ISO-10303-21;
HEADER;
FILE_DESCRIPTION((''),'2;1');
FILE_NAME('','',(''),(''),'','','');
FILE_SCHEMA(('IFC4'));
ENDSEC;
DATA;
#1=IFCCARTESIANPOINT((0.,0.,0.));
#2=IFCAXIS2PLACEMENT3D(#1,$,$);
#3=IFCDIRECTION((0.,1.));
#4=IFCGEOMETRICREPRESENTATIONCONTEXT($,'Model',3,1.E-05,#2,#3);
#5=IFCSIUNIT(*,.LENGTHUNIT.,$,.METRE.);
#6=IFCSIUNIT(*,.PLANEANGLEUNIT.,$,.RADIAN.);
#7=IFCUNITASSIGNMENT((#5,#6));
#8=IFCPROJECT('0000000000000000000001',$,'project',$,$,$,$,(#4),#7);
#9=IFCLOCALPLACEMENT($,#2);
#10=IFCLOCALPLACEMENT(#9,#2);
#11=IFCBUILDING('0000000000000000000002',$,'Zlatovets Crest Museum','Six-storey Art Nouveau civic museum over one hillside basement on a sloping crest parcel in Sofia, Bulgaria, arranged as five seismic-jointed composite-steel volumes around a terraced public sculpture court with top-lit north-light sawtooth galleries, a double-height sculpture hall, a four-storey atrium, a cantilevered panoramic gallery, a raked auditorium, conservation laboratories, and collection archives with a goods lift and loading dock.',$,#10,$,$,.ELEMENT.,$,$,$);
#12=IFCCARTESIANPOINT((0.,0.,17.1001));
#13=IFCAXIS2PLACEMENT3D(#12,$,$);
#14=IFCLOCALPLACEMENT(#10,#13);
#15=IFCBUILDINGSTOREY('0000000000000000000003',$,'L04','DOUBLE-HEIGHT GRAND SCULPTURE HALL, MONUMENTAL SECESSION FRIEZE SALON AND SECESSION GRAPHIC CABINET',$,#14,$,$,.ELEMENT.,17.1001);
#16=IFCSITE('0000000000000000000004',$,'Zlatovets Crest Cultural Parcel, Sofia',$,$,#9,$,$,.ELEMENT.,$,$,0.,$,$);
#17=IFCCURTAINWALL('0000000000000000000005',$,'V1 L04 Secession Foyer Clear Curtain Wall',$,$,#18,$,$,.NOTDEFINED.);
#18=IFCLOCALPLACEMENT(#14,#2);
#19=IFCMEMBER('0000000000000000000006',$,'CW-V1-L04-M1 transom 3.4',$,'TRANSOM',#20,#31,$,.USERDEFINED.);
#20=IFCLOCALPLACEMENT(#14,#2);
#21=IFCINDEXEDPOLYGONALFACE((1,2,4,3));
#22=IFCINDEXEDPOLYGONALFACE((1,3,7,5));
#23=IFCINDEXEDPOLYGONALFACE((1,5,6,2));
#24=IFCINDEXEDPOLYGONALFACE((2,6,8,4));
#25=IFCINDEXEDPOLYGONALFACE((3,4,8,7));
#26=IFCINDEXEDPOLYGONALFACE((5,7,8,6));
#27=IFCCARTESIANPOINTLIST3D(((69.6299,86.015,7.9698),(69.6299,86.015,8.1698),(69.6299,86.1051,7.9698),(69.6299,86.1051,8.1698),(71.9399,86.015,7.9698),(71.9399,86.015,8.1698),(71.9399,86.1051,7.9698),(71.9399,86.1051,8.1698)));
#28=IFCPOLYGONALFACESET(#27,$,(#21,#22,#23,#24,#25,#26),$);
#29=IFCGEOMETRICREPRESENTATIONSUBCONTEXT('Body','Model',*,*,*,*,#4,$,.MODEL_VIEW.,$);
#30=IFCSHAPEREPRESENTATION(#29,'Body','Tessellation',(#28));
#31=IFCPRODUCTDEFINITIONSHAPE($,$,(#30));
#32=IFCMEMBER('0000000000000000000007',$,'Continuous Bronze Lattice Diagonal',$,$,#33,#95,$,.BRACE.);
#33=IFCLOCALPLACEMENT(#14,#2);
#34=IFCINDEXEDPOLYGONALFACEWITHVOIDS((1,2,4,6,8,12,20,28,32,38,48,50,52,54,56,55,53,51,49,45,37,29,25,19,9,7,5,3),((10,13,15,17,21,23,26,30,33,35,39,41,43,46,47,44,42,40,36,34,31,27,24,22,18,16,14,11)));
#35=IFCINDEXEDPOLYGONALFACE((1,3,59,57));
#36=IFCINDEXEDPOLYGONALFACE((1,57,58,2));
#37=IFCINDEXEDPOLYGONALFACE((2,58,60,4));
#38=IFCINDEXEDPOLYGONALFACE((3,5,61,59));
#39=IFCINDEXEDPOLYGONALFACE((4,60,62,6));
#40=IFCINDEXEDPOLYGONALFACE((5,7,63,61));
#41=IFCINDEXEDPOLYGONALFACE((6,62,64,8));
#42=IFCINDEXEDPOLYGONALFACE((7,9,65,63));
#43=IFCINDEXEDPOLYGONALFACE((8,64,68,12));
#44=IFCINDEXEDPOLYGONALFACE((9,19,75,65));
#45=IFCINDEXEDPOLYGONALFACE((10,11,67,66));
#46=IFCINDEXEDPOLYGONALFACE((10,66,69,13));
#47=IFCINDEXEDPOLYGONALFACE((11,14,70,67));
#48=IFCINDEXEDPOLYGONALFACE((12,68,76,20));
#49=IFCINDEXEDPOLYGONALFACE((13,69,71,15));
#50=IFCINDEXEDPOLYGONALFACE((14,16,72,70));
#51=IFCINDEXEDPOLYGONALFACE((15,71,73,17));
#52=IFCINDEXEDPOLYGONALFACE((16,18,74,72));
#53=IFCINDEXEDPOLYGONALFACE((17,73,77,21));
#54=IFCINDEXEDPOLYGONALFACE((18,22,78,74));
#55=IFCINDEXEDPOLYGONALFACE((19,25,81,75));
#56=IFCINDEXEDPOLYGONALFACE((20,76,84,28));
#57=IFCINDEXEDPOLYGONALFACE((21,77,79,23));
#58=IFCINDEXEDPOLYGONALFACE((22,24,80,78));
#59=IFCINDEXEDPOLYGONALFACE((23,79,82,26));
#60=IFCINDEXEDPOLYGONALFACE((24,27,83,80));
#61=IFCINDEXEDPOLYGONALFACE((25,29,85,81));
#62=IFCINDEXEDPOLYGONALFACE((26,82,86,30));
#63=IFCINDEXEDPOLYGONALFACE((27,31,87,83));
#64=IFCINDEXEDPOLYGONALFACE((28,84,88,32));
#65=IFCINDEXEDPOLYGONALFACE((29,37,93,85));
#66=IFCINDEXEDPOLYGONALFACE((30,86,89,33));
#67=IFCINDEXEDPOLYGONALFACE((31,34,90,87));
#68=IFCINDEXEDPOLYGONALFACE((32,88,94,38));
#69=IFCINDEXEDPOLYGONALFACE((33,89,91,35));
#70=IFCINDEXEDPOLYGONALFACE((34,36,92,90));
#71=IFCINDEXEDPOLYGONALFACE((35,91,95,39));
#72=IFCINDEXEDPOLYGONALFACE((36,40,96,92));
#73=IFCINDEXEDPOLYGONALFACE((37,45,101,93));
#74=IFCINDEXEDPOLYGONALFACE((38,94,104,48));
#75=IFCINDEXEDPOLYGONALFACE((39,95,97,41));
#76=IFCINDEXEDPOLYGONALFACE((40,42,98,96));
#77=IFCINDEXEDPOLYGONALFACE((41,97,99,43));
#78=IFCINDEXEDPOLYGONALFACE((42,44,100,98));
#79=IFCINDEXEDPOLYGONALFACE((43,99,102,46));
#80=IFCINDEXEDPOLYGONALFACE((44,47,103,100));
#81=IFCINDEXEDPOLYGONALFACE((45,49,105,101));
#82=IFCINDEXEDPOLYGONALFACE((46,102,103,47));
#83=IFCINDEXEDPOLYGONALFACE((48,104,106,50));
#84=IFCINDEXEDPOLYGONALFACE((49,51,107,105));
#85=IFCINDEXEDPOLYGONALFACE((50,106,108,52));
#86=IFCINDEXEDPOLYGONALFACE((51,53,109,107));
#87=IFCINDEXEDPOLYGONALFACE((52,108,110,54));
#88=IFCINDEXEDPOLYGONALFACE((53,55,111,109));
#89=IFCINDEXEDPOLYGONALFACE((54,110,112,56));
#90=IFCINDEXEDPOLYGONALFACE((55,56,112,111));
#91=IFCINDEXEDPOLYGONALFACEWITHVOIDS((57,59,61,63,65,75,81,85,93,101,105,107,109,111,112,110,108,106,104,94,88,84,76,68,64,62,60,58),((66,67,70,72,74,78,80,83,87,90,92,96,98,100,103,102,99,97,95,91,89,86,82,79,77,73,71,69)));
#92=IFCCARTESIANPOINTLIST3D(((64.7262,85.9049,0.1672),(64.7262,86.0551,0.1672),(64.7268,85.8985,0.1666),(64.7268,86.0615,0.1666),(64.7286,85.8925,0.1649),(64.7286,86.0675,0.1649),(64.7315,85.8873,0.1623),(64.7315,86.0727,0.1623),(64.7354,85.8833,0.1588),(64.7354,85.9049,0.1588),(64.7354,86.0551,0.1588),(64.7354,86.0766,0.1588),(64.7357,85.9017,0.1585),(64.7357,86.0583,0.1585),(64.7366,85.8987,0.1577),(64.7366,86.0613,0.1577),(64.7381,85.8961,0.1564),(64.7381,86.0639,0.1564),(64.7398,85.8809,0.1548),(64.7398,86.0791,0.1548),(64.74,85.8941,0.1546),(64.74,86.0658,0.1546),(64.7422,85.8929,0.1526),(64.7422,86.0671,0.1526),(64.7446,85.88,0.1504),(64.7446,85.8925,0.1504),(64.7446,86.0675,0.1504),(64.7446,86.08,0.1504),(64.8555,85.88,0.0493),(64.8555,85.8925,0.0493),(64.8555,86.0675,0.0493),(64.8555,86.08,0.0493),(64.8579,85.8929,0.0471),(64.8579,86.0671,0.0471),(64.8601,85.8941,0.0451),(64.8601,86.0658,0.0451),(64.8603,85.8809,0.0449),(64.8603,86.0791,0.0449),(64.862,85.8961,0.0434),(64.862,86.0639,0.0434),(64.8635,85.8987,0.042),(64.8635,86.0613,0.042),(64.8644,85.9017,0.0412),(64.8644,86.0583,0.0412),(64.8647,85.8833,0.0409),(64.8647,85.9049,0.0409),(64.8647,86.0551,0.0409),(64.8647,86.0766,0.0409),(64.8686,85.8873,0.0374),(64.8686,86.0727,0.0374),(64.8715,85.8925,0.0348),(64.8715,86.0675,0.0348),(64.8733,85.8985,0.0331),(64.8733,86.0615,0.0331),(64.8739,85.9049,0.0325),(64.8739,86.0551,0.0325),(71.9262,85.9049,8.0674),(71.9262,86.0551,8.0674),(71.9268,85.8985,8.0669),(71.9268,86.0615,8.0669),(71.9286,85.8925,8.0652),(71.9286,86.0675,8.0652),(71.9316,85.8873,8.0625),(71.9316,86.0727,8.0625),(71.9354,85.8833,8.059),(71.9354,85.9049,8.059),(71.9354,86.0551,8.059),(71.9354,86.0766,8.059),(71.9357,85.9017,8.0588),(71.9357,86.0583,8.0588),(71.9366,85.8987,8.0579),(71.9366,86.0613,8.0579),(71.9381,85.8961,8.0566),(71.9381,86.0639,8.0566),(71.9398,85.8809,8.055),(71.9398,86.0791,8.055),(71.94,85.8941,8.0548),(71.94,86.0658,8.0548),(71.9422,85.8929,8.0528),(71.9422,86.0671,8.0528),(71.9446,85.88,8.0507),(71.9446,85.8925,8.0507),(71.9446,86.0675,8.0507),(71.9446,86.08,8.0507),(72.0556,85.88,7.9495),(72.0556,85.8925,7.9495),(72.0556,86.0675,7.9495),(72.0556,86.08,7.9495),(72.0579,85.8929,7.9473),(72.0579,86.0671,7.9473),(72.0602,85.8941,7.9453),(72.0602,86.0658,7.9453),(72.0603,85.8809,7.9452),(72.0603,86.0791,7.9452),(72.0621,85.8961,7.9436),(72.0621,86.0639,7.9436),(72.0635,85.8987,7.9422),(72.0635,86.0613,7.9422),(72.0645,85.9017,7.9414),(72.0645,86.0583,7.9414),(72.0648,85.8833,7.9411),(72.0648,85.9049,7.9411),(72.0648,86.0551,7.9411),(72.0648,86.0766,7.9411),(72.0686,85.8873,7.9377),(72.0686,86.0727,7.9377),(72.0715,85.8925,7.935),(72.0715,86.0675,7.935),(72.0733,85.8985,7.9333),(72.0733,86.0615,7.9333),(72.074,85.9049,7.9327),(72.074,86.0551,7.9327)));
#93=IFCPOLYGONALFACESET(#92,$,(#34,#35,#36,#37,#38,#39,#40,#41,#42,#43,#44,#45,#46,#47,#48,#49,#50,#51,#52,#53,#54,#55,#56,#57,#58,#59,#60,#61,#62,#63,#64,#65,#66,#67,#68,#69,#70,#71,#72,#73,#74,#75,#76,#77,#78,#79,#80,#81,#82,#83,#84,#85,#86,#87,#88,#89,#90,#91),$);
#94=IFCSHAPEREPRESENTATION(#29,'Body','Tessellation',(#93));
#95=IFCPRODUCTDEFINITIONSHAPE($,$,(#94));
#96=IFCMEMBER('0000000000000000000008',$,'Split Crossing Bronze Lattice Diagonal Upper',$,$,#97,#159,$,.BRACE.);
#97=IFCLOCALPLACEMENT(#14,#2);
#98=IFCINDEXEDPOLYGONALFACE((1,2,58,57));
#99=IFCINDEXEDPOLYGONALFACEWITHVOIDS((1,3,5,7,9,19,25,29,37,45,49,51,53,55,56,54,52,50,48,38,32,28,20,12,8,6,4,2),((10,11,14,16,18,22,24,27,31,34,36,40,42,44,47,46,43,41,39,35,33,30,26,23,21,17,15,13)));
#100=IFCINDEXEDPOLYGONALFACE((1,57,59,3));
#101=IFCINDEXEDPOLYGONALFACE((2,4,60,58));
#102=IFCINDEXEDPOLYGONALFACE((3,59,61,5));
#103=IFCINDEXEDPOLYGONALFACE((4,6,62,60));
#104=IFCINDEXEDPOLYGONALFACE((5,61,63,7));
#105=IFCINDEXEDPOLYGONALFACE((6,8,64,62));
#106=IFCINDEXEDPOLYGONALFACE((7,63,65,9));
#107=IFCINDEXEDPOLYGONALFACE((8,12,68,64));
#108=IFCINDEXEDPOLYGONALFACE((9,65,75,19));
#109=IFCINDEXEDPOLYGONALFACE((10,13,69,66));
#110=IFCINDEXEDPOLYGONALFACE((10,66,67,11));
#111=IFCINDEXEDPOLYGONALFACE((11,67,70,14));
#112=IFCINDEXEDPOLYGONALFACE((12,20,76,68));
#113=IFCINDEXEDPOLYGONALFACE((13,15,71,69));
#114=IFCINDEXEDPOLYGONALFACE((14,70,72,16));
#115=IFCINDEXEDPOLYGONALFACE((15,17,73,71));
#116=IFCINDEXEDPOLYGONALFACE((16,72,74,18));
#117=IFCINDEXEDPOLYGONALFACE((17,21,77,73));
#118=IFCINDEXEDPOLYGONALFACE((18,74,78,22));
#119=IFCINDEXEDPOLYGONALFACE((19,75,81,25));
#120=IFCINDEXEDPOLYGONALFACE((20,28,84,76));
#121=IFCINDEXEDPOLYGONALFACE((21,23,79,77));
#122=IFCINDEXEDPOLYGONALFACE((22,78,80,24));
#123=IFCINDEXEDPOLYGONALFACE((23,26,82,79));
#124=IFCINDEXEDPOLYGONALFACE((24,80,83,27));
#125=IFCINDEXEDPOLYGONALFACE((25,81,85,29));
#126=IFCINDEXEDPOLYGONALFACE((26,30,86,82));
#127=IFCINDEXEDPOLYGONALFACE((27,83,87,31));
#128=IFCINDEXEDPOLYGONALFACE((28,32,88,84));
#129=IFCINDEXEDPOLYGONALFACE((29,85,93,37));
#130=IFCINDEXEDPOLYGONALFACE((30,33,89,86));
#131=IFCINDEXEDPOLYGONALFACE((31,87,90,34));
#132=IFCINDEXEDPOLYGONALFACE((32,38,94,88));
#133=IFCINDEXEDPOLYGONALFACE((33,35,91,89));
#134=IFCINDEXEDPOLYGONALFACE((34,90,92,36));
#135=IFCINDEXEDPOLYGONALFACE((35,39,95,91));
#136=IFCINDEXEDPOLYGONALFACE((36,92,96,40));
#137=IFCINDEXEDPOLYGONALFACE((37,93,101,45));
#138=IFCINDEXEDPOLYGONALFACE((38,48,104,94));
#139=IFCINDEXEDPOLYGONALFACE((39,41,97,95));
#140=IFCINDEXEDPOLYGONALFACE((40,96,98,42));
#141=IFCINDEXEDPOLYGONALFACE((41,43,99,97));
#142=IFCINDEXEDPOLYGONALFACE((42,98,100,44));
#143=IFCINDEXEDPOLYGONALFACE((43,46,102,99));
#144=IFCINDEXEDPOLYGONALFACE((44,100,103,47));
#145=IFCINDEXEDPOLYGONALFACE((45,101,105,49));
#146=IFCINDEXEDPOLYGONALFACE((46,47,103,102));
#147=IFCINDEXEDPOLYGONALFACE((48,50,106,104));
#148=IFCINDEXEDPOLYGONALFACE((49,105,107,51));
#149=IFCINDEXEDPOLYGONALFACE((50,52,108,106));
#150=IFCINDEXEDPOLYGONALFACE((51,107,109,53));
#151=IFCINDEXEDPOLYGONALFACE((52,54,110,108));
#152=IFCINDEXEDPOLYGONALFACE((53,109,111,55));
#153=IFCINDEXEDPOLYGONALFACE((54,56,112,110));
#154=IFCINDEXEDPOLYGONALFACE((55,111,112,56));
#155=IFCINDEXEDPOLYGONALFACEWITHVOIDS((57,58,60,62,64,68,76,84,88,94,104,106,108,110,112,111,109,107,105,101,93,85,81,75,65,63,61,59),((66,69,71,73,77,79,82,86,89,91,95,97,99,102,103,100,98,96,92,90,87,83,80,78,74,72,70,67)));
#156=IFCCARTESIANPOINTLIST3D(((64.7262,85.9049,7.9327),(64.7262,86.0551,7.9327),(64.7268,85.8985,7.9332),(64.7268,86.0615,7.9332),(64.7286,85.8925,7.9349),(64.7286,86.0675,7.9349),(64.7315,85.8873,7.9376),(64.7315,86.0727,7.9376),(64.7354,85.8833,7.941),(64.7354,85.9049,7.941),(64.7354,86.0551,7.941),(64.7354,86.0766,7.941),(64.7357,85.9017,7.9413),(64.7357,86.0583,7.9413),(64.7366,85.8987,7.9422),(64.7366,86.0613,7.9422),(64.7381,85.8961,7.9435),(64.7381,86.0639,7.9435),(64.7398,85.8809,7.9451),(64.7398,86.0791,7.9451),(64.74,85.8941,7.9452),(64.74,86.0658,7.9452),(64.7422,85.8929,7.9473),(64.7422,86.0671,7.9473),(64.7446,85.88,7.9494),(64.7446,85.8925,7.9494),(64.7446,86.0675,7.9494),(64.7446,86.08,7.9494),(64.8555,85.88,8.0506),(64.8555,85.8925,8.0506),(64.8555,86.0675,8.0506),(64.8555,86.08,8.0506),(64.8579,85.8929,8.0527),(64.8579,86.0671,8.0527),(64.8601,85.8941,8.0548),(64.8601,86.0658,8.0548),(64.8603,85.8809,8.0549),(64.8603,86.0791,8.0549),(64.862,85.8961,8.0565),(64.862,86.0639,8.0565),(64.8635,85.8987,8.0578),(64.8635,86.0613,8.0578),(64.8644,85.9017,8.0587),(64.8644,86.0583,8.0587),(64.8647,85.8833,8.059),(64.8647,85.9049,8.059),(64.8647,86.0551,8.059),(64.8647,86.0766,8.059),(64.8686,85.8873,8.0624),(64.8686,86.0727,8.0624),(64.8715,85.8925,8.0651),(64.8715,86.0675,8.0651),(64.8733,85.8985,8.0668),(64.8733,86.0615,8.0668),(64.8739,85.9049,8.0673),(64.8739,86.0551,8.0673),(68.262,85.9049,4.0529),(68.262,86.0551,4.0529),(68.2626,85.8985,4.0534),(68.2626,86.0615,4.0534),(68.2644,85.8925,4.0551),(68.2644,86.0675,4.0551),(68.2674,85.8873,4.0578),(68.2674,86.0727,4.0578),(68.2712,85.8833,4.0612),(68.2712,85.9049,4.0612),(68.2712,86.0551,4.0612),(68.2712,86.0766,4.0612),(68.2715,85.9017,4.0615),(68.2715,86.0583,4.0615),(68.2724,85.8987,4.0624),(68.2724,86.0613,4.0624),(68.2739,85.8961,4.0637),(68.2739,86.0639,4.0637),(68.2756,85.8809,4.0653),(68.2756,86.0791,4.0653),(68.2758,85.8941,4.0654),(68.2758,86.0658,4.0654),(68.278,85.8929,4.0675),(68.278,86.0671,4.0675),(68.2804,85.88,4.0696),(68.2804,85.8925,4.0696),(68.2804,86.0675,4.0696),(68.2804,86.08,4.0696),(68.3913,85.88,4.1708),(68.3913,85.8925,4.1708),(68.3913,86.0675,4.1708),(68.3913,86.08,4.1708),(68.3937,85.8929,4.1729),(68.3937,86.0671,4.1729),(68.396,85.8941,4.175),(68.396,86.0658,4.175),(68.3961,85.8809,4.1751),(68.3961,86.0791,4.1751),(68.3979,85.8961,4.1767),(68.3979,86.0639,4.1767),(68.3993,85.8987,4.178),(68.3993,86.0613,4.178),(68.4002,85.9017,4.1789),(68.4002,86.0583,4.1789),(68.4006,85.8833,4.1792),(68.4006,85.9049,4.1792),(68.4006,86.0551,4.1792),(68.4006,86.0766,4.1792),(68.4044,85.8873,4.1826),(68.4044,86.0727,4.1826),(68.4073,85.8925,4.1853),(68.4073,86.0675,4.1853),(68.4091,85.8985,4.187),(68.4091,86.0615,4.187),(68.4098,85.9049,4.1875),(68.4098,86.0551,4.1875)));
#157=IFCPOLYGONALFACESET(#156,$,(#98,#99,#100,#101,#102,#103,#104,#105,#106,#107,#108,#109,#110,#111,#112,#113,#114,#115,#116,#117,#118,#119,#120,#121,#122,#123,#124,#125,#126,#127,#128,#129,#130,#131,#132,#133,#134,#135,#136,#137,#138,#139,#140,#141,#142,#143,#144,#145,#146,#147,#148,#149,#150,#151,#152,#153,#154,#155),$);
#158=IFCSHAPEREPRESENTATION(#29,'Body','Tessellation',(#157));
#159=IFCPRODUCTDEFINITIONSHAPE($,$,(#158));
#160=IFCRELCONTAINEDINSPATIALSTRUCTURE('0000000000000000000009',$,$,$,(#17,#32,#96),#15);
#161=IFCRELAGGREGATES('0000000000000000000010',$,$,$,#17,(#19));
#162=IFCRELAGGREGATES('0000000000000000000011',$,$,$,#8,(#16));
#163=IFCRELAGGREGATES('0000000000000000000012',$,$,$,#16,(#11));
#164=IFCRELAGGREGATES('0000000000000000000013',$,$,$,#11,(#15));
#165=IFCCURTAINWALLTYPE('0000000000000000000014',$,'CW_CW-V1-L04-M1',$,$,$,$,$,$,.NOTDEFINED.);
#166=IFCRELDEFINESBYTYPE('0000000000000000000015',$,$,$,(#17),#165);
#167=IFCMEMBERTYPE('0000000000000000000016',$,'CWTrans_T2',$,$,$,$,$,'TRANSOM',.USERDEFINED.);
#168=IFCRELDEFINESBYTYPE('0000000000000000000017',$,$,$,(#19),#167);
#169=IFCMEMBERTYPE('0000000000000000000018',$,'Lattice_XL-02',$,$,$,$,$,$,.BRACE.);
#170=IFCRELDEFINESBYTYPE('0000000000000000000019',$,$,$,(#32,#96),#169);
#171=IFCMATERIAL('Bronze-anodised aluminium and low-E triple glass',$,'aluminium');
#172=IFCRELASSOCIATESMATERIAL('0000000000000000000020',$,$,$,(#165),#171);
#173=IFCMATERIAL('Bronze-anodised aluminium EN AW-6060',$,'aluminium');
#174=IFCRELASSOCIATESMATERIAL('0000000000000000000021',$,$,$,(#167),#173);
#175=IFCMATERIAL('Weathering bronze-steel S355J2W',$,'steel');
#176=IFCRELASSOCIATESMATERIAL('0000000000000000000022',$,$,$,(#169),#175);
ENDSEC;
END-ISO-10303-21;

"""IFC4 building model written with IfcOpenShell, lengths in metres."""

from ifc_helpers import new_model, si_unit, direction, frame, origin, origin_2d, place, context, subcontext, project, spatial, rectangle, hollow_rectangle, extrude, material, material_profile, profile_set, type_object, element, aggregate, save


model = new_model("IFC4")

# Units and contexts
model_context = context("Model", 3, precision=1e-05, world=origin(), true_north=direction((0.0, 1.0)))
body_context = subcontext(model_context, "Body", "Model", "MODEL_VIEW")
ifc_project = project(units=[si_unit("LENGTHUNIT", "METRE"), si_unit("PLANEANGLEUNIT", "RADIAN")], contexts=[model_context])

# Site, building, storey
site_placement = place(None, origin())
site = spatial("IfcSite", under=ifc_project, at=site_placement, Name="Zlatovets Crest Cultural Parcel, Sofia", CompositionType="ELEMENT", RefElevation=0.0)
building_placement = place(site_placement, origin())
building = spatial("IfcBuilding", under=site, at=building_placement, Name="Zlatovets Crest Museum", Description="Six-storey Art Nouveau civic museum over one hillside basement on a sloping crest parcel in Sofia, Bulgaria, arranged as five seismic-jointed composite-steel volumes around a terraced public sculpture court with top-lit north-light sawtooth galleries, a double-height sculpture hall, a four-storey atrium, a cantilevered panoramic gallery, a raked auditorium, conservation laboratories, and collection archives with a goods lift and loading dock.", CompositionType="ELEMENT")
storey_placement = place(building_placement, frame((0.0, 0.0, 17.1001)))
storey = spatial("IfcBuildingStorey", under=building, at=storey_placement, Name="L04", Description="DOUBLE-HEIGHT GRAND SCULPTURE HALL, MONUMENTAL SECESSION FRIEZE SALON AND SECESSION GRAPHIC CABINET", CompositionType="ELEMENT", Elevation=17.1001)

# Shared definitions
ifc_material_1 = material(Name="Bronze-anodised aluminium and low-E triple glass", Category="aluminium")
ifc_material_2 = material(Name="Bronze-anodised aluminium EN AW-6060", Category="aluminium")

# Curtain wall, member
curtain_wall_type_1 = type_object("IfcCurtainWallType", Name="CW_CW-V1-L04-M1", PredefinedType="NOTDEFINED", material=ifc_material_1)
curtain_wall_1_placement = place(storey_placement, origin())
curtain_wall_1 = element("IfcCurtainWall", 1, at=curtain_wall_1_placement, inside=storey, type_object=curtain_wall_type_1, Name="V1 L04 Secession Foyer Clear Curtain Wall", PredefinedType="NOTDEFINED")
ifc_material_profile_1 = material_profile(ifc_material_2, rectangle(XDim=0.0901, YDim=0.2, at=origin_2d()), Name="ALU 90x200")
ifc_profile_set_1 = profile_set([ifc_material_profile_1], Name="Bronze-anodised aluminium EN AW-6060")
member_type_1 = type_object("IfcMemberType", Name="CWTrans_T2", ElementType="TRANSOM", PredefinedType="USERDEFINED", material=ifc_profile_set_1)
member_1_placement = place(storey_placement, frame((69.6299, 86.0601, 8.0698), z_axis=(1.0, 0.0, 0.0), x_axis=(0.0, 1.0, 0.0)))
member_1 = element("IfcMember", 2, at=member_1_placement, type_object=member_type_1, Name="CW-V1-L04-M1 transom 3.4", ObjectType="TRANSOM", PredefinedType="USERDEFINED", context=body_context, shape_type="SweptSolid", body=[
    extrude(rectangle(XDim=0.0901, YDim=0.2, at=origin_2d()), origin(), (0.0, 0.0, 1.0), 2.3101),
])

# Members
ifc_material_3 = material(Name="Weathering bronze-steel S355J2W", Category="steel")
ifc_material_profile_2 = material_profile(ifc_material_3, hollow_rectangle(XDim=0.2, YDim=0.2, WallThickness=0.0125, InnerFilletRadius=0.0125, OuterFilletRadius=0.0249, at=origin_2d()), Name="SHS 200x200x12.5")
ifc_profile_set_2 = profile_set([ifc_material_profile_2], Name="Weathering bronze-steel S355J2W")
member_type_2 = type_object("IfcMemberType", Name="Lattice_XL-02", PredefinedType="BRACE", material=ifc_profile_set_2)
member_2_placement = place(storey_placement, frame((64.8, 85.98, 0.0999), z_axis=(0.673594, 0.0, 0.739101), x_axis=(0.0, 1.0, 0.0)))
element("IfcMember", 3, at=member_2_placement, inside=storey, type_object=member_type_2, Name="Continuous Bronze Lattice Diagonal", PredefinedType="BRACE", context=body_context, shape_type="SweptSolid", body=[
    extrude(hollow_rectangle(XDim=0.2, YDim=0.2, WallThickness=0.0125, InnerFilletRadius=0.0125, OuterFilletRadius=0.0249, at=origin_2d()), origin(), (0.0, 0.0, 1.0), 10.689),
])
for number, where, z_axis, x_axis, name in (
    (4, (64.8, 85.98, 8.0), (0.673582, 0.0, -0.739112), (0.0, 1.0, 0.0), "Split Crossing Bronze Lattice Diagonal Upper"),
):
    element("IfcMember", number, at=place(storey_placement, frame(where, z_axis=z_axis, x_axis=x_axis)), inside=storey, type_object=member_type_2, Name=name, PredefinedType="BRACE", context=body_context, shape_type="SweptSolid", body=[
        extrude(hollow_rectangle(XDim=0.2, YDim=0.2, WallThickness=0.0125, InnerFilletRadius=0.0125, OuterFilletRadius=0.0249, at=origin_2d()), origin(), (0.0, 0.0, 1.0), 5.2493),
    ])

aggregate(curtain_wall_1, [member_1])

save(model, "model.ifc")
